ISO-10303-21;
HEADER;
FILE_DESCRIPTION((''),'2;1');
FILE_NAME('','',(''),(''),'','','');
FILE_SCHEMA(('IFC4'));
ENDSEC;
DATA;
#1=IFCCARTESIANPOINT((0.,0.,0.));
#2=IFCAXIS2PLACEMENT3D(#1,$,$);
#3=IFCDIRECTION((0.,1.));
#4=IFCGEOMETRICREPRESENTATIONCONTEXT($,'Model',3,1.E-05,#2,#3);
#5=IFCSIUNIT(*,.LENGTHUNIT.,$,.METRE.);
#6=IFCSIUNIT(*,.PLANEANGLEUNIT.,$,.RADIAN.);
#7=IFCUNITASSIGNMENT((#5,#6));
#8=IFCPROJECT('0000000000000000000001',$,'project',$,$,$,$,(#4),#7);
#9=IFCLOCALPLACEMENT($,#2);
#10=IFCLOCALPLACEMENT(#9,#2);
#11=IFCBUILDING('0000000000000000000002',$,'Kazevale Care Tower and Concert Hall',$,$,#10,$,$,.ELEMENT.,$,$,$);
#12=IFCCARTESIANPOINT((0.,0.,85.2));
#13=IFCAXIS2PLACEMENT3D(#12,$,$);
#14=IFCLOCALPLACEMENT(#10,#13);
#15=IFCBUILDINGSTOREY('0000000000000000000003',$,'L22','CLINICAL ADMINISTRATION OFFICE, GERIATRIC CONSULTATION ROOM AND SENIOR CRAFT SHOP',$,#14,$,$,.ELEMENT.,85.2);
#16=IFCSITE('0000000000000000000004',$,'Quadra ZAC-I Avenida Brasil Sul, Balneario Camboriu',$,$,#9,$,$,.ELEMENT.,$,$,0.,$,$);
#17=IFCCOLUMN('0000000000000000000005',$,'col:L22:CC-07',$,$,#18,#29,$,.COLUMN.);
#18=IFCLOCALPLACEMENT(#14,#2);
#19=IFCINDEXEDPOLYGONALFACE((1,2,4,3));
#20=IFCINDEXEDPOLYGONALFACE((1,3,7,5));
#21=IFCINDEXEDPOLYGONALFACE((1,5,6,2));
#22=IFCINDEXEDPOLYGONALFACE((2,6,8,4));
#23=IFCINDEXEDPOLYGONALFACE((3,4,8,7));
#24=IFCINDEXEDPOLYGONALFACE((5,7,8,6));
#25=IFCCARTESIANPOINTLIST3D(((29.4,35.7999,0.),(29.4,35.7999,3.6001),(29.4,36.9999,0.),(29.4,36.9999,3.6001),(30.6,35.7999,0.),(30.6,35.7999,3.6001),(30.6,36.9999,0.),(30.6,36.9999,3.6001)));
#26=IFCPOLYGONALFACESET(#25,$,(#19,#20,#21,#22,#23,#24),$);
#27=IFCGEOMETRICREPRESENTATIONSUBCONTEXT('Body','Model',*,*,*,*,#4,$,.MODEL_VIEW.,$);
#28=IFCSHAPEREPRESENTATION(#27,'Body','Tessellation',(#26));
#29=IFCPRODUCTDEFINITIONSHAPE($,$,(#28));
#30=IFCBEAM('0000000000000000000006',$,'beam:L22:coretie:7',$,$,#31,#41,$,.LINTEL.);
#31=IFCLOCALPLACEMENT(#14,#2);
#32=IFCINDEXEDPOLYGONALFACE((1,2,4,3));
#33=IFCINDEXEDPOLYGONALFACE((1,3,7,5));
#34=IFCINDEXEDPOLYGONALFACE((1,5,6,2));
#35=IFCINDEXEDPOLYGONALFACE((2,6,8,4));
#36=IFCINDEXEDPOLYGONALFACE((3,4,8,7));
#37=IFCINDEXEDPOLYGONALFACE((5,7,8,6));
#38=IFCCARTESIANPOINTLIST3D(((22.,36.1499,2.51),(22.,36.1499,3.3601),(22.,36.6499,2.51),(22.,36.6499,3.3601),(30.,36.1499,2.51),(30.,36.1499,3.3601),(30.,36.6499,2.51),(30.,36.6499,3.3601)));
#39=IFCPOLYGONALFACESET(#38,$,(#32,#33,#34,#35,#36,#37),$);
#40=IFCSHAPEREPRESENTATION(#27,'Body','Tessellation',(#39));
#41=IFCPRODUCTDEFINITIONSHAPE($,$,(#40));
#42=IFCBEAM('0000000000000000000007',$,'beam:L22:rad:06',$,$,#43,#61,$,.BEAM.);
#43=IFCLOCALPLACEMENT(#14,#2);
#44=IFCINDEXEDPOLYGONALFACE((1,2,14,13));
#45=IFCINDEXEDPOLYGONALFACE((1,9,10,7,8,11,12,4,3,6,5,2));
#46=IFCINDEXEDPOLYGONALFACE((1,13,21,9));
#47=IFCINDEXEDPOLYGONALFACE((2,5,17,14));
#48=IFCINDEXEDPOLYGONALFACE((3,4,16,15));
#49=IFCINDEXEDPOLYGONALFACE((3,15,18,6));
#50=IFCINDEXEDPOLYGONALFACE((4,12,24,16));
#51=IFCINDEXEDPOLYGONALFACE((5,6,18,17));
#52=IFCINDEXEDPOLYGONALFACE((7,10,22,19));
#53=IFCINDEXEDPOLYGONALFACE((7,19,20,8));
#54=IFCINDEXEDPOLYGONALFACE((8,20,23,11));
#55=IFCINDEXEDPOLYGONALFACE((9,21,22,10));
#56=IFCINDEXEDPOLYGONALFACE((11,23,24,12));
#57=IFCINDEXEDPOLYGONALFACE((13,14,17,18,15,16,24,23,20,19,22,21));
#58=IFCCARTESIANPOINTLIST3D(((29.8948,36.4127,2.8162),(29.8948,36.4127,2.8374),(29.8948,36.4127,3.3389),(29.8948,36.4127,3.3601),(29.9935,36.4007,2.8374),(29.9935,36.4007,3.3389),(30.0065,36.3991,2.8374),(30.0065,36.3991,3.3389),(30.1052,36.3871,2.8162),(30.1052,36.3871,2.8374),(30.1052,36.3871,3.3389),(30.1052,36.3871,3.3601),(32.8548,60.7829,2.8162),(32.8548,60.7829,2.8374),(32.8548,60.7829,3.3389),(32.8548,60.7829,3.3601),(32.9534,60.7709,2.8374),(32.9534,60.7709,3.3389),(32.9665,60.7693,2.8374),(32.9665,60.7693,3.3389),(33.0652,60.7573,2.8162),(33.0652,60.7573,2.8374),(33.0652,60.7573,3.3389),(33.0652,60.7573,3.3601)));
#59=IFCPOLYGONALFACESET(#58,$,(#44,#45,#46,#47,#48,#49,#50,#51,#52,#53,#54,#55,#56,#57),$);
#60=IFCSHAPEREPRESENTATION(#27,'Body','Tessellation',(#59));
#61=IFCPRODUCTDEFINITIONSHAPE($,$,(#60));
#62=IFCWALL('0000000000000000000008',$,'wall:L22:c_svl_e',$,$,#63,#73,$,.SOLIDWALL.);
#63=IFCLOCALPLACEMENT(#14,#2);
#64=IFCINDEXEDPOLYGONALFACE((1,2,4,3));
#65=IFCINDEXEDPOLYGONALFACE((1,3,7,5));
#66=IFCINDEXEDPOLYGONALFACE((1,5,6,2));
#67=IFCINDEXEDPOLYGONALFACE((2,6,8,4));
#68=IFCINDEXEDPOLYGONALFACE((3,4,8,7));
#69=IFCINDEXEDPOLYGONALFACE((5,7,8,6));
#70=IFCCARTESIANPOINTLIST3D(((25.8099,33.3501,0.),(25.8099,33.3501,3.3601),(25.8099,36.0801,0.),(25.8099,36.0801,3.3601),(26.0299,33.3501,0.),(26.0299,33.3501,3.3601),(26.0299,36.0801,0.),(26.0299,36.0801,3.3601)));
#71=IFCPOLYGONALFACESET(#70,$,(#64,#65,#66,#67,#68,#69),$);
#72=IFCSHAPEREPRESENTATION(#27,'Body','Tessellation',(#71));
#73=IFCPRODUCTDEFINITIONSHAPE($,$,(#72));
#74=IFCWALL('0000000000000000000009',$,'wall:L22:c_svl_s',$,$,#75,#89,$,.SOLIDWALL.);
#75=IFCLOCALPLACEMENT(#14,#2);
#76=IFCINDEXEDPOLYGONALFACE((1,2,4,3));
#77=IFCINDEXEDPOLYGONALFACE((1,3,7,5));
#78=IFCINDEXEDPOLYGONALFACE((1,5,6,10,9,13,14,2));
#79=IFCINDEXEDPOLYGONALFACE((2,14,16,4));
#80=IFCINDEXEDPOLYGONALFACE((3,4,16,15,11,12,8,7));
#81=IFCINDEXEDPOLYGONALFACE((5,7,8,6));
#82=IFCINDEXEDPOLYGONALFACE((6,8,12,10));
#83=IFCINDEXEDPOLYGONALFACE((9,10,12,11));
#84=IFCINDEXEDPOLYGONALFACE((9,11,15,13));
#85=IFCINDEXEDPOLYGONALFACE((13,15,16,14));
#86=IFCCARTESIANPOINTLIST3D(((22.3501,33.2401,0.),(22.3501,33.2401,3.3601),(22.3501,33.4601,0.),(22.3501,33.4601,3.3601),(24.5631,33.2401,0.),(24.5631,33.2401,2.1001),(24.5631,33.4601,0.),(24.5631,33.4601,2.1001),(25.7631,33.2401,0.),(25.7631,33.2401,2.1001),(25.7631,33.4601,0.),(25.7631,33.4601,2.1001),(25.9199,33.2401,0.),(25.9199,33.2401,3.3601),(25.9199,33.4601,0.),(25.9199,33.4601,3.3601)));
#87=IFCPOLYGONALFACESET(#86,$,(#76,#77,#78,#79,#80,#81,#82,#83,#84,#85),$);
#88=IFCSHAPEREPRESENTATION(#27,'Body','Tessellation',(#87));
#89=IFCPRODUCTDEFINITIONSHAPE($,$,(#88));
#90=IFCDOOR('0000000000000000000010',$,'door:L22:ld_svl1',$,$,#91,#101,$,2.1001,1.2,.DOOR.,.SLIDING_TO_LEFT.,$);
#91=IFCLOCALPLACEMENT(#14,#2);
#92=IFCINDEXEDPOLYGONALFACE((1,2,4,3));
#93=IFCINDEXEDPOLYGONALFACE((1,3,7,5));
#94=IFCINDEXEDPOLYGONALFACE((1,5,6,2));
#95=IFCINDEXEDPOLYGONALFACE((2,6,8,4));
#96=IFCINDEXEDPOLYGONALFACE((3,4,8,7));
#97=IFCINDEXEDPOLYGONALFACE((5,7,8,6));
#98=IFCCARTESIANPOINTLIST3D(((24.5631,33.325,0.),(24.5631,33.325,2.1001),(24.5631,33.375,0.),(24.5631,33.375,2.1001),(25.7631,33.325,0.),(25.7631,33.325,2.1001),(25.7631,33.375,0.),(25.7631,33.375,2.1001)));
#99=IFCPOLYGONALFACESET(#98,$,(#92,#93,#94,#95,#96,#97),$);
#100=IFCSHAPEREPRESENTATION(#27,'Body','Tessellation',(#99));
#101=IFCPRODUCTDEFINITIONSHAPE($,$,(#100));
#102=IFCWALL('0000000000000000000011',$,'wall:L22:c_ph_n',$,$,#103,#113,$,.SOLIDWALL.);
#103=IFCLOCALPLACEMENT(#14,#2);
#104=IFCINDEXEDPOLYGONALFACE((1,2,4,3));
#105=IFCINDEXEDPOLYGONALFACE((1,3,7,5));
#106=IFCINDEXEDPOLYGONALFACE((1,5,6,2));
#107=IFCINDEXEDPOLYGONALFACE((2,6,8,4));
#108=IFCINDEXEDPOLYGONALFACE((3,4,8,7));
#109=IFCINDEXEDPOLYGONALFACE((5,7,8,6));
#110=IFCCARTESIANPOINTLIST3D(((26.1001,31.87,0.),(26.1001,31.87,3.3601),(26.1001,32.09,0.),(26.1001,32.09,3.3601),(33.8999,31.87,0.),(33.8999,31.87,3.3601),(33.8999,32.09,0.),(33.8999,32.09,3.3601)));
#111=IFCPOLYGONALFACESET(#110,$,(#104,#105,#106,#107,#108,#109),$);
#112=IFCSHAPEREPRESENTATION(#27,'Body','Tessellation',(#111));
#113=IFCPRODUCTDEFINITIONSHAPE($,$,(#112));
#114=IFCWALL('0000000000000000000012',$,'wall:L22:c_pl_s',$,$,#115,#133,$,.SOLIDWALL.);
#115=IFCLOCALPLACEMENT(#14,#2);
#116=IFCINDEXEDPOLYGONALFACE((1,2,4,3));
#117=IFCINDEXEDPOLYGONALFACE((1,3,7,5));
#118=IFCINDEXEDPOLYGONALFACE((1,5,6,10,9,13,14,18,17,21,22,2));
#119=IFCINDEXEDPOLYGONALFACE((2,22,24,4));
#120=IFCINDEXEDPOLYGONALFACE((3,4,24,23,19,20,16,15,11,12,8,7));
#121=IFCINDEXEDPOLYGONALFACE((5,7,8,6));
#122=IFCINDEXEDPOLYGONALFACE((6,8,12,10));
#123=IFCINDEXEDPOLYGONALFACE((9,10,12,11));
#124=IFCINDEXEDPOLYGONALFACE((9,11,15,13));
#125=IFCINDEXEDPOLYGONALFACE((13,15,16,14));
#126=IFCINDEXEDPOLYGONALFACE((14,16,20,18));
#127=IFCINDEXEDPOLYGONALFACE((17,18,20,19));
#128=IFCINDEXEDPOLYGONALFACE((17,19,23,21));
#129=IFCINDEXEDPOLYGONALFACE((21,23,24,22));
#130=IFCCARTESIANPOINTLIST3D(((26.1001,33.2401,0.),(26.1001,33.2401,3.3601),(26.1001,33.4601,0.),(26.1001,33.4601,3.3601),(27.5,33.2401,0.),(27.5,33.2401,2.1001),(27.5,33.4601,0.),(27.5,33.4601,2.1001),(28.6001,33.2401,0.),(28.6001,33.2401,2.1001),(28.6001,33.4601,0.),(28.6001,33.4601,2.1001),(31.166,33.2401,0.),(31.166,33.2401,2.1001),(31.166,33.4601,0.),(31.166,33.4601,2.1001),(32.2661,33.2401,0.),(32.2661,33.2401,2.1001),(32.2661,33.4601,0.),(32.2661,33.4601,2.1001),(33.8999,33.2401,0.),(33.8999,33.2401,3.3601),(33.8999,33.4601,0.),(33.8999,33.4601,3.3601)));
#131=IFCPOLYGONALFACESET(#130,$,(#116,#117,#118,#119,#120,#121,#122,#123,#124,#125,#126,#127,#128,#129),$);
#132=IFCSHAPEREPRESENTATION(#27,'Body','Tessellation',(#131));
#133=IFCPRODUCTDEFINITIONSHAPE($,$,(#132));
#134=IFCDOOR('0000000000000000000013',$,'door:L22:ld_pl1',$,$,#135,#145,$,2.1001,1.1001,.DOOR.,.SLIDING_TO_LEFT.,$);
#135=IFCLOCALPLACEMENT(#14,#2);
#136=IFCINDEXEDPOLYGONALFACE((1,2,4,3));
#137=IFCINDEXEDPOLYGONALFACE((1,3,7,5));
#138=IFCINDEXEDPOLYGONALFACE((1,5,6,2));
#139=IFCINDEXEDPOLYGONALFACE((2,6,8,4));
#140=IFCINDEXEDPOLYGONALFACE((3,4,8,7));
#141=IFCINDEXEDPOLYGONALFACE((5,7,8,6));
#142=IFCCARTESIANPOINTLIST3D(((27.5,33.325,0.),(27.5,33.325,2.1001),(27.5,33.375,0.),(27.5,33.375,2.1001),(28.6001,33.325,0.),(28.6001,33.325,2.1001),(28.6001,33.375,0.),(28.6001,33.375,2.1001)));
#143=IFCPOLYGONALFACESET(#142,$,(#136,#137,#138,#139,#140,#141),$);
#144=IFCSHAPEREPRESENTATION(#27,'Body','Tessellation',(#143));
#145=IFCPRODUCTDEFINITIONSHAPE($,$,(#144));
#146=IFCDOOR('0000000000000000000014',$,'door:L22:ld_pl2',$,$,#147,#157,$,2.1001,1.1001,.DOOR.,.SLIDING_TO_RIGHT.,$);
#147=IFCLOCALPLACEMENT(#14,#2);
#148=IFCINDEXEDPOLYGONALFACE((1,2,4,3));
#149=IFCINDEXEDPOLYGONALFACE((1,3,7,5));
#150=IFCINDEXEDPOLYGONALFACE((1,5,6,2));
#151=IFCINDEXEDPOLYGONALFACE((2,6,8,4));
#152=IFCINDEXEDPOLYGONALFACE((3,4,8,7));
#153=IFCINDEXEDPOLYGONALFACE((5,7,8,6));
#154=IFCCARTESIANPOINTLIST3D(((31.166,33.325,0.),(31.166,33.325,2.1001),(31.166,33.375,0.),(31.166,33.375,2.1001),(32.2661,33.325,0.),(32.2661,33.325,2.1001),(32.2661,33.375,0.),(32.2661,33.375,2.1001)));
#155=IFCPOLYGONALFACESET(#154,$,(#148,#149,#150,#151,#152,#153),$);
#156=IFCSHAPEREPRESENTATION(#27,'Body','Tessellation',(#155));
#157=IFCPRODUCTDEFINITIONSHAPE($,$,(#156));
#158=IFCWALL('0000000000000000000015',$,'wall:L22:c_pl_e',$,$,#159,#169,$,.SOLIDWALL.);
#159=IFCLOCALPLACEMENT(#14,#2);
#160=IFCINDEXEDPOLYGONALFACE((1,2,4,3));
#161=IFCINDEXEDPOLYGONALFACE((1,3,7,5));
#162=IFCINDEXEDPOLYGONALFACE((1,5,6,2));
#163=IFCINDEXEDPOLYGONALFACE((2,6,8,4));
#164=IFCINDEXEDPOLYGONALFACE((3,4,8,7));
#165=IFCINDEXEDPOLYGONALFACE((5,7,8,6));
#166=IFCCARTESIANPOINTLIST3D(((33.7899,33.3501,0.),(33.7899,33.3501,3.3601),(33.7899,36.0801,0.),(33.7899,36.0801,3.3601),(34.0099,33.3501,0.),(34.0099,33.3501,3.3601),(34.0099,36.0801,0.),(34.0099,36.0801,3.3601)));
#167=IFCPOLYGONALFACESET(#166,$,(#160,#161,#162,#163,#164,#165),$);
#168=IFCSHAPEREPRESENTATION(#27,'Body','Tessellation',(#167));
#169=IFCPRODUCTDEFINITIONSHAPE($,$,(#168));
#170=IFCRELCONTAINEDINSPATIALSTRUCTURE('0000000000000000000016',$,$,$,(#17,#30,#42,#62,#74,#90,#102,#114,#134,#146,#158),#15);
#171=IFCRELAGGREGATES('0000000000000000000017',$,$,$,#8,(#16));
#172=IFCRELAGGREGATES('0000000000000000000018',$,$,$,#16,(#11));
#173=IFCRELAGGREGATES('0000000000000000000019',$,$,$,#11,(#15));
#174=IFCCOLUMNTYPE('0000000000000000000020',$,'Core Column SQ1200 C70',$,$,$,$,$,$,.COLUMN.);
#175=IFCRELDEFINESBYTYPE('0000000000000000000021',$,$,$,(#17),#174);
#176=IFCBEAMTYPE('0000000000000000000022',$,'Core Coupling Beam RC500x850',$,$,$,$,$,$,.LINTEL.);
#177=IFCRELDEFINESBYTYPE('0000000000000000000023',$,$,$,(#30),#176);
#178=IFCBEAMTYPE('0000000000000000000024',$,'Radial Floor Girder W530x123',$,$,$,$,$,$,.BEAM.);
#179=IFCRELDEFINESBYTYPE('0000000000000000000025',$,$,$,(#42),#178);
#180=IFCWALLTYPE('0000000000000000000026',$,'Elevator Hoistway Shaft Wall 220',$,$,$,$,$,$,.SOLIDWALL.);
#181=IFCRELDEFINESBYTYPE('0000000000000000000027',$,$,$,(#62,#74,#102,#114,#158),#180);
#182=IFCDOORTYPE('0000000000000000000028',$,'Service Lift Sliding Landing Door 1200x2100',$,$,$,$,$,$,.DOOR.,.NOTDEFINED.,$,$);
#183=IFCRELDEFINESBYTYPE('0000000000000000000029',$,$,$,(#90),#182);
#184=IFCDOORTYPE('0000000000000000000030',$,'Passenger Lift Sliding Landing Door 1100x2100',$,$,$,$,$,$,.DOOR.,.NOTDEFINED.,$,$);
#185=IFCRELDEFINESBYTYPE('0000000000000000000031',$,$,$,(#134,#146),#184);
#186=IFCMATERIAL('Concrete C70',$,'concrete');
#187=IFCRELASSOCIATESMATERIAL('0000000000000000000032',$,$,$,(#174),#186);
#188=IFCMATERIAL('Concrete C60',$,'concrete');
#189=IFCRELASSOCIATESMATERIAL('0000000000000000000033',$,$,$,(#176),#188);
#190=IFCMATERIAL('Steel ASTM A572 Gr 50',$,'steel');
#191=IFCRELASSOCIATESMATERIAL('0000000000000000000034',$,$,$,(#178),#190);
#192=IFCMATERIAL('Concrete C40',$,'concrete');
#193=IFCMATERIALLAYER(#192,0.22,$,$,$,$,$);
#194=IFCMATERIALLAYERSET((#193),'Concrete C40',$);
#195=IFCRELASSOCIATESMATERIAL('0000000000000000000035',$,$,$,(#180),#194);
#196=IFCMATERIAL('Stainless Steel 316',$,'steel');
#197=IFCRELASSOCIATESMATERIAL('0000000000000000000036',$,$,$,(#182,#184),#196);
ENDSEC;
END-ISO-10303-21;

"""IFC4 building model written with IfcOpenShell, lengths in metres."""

from ifc_helpers import new_model, si_unit, direction, frame, frame_2d, origin, origin_2d, place, context, subcontext, project, spatial, rectangle, i_section, extrude, material, layer, layer_set, material_profile, profile_set, type_object, element, fill, save


model = new_model("IFC4")

# Units and contexts
model_context = context("Model", 3, precision=1e-05, world=origin(), true_north=direction((0.0, 1.0)))
body_context = subcontext(model_context, "Body", "Model", "MODEL_VIEW")
ifc_project = project(units=[si_unit("LENGTHUNIT", "METRE"), si_unit("PLANEANGLEUNIT", "RADIAN")], contexts=[model_context])

# Site, building, storey
site_placement = place(None, origin())
site = spatial("IfcSite", under=ifc_project, at=site_placement, Name="Quadra ZAC-I Avenida Brasil Sul, Balneario Camboriu", CompositionType="ELEMENT", RefElevation=0.0)
building_placement = place(site_placement, origin())
building = spatial("IfcBuilding", under=site, at=building_placement, Name="Kazevale Care Tower and Concert Hall", CompositionType="ELEMENT")
storey_placement = place(building_placement, frame((0.0, 0.0, 85.2)))
storey = spatial("IfcBuildingStorey", under=building, at=storey_placement, Name="L22", Description="CLINICAL ADMINISTRATION OFFICE, GERIATRIC CONSULTATION ROOM AND SENIOR CRAFT SHOP", CompositionType="ELEMENT", Elevation=85.2)

# Column
ifc_material_1 = material(Name="Concrete C70", Category="concrete")
ifc_material_profile_1 = material_profile(ifc_material_1, rectangle(XDim=1.2, YDim=1.2, at=origin_2d()), Name="RC-SQ1200")
ifc_profile_set_1 = profile_set([ifc_material_profile_1], Name="Concrete C70")
column_type = type_object("IfcColumnType", Name="Core Column SQ1200 C70", PredefinedType="COLUMN", material=ifc_profile_set_1)
column_placement = place(storey_placement, frame((30.0, 36.3999, 0.0), z_axis=(0.0, 0.0, 1.0), x_axis=(1.0, 0.0, 0.0)))
element("IfcColumn", 1, at=column_placement, inside=storey, type_object=column_type, Name="col:L22:CC-07", PredefinedType="COLUMN", context=body_context, shape_type="SweptSolid", body=[
    extrude(rectangle(XDim=1.2, YDim=1.2, at=origin_2d()), origin(), (0.0, 0.0, 1.0), 3.6001),
])

# Beams
ifc_material_2 = material(Name="Concrete C60", Category="concrete")
ifc_material_profile_2 = material_profile(ifc_material_2, rectangle(XDim=0.5, YDim=0.8501, at=origin_2d()), Name="RC-B500x850")
ifc_profile_set_2 = profile_set([ifc_material_profile_2], Name="Concrete C60")
beam_type_1 = type_object("IfcBeamType", Name="Core Coupling Beam RC500x850", PredefinedType="LINTEL", material=ifc_profile_set_2)
beam_1_placement = place(storey_placement, frame((30.0, 36.3999, 2.9351), z_axis=(-1.0, 0.0, 0.0), x_axis=(0.0, -1.0, 0.0)))
element("IfcBeam", 2, at=beam_1_placement, inside=storey, type_object=beam_type_1, Name="beam:L22:coretie:7", PredefinedType="LINTEL", context=body_context, shape_type="SweptSolid", body=[
    extrude(rectangle(XDim=0.5, YDim=0.8501, at=origin_2d()), origin(), (0.0, 0.0, 1.0), 8.0),
])
ifc_material_3 = material(Name="Steel ASTM A572 Gr 50", Category="steel")
ifc_material_profile_3 = material_profile(ifc_material_3, i_section(OverallWidth=0.2119, OverallDepth=0.5439, WebThickness=0.0132, FlangeThickness=0.0212, at=origin_2d()), Name="W530x123")
ifc_profile_set_3 = profile_set([ifc_material_profile_3], Name="Steel ASTM A572 Gr 50")
beam_type_2 = type_object("IfcBeamType", Name="Radial Floor Girder W530x123", PredefinedType="BEAM", material=ifc_profile_set_3)
beam_2_placement = place(storey_placement, frame((30.0, 36.3999, 3.0881), z_axis=(0.120573, 0.992705, 0.0), x_axis=(-0.992705, 0.120573, 0.0)))
element("IfcBeam", 3, at=beam_2_placement, inside=storey, type_object=beam_type_2, Name="beam:L22:rad:06", PredefinedType="BEAM", context=body_context, shape_type="SweptSolid", body=[
    extrude(i_section(OverallWidth=0.2119, OverallDepth=0.5439, WebThickness=0.0132, FlangeThickness=0.0212, at=origin_2d()), origin(), (0.0, 0.0, 1.0), 24.5493),
])

# Wall
ifc_material_4 = material(Name="Concrete C40", Category="concrete")
ifc_layer_1 = layer(ifc_material_4, 0.22)
ifc_layer_set_1 = layer_set([ifc_layer_1], Name="Concrete C40")
wall_type_1 = type_object("IfcWallType", Name="Elevator Hoistway Shaft Wall 220", PredefinedType="SOLIDWALL", material=ifc_layer_set_1)
wall_1_placement = place(storey_placement, frame((25.9199, 33.3501, 0.0), z_axis=(0.0, 0.0, 1.0), x_axis=(0.0, 1.0, 0.0)))
element("IfcWall", 4, at=wall_1_placement, inside=storey, type_object=wall_type_1, Name="wall:L22:c_svl_e", PredefinedType="SOLIDWALL", context=body_context, shape_type="SweptSolid", body=[
    extrude(rectangle(XDim=2.73, YDim=0.22, at=frame_2d((1.365, 0.0))), origin(), (0.0, 0.0, 1.0), 3.3601),
])

# Wall, opening, door
wall_2_placement = place(storey_placement, frame((22.3501, 33.3501, 0.0), z_axis=(0.0, 0.0, 1.0), x_axis=(1.0, 0.0, 0.0)))
wall_2 = element("IfcWall", 5, at=wall_2_placement, inside=storey, type_object=wall_type_1, Name="wall:L22:c_svl_s", PredefinedType="SOLIDWALL", context=body_context, shape_type="SweptSolid", body=[
    extrude(rectangle(XDim=3.5698, YDim=0.22, at=frame_2d((1.7849, 0.0))), origin(), (0.0, 0.0, 1.0), 3.3601),
])
opening_1_placement = place(wall_2_placement, frame((2.2129, 0.0, 0.0)))
opening_1 = element("IfcOpeningElement", 6, at=opening_1_placement, cuts=wall_2, PredefinedType="OPENING", context=body_context, shape_type="SweptSolid", body=[
    extrude(rectangle(XDim=1.2, YDim=2.1001, at=frame_2d((0.6001, 1.05))), frame((0.0, 0.1199, 0.0), z_axis=(0.0, -1.0, 0.0), x_axis=(1.0, 0.0, 0.0)), (0.0, 0.0, 1.0), 0.24),
])
ifc_material_5 = material(Name="Stainless Steel 316", Category="steel")
door_type_1 = type_object("IfcDoorType", Name="Service Lift Sliding Landing Door 1200x2100", OperationType="NOTDEFINED", PredefinedType="DOOR", material=ifc_material_5)
door_1_placement = place(opening_1_placement, origin())
door_1 = element("IfcDoor", 7, at=door_1_placement, inside=storey, type_object=door_type_1, Name="door:L22:ld_svl1", OperationType="SLIDING_TO_LEFT", OverallHeight=2.1001, OverallWidth=1.2, PredefinedType="DOOR", context=body_context, shape_type="SweptSolid", body=[
    extrude(rectangle(XDim=1.2, YDim=2.1001, at=frame_2d((0.6001, 1.05))), frame((0.0, 0.0249, 0.0), z_axis=(0.0, -1.0, 0.0), x_axis=(1.0, 0.0, 0.0)), (0.0, 0.0, 1.0), 0.05),
])
fill(opening_1, door_1)

# Wall
wall_3_placement = place(storey_placement, frame((26.1001, 31.98, 0.0), z_axis=(0.0, 0.0, 1.0), x_axis=(1.0, 0.0, 0.0)))
element("IfcWall", 8, at=wall_3_placement, inside=storey, type_object=wall_type_1, Name="wall:L22:c_ph_n", PredefinedType="SOLIDWALL", context=body_context, shape_type="SweptSolid", body=[
    extrude(rectangle(XDim=7.7998, YDim=0.22, at=frame_2d((3.8999, 0.0))), origin(), (0.0, 0.0, 1.0), 3.3601),
])

# Wall, openings, doors
wall_4_placement = place(storey_placement, frame((26.1001, 33.3501, 0.0), z_axis=(0.0, 0.0, 1.0), x_axis=(1.0, 0.0, 0.0)))
wall_4 = element("IfcWall", 9, at=wall_4_placement, inside=storey, type_object=wall_type_1, Name="wall:L22:c_pl_s", PredefinedType="SOLIDWALL", context=body_context, shape_type="SweptSolid", body=[
    extrude(rectangle(XDim=7.7998, YDim=0.22, at=frame_2d((3.8999, 0.0))), origin(), (0.0, 0.0, 1.0), 3.3601),
])
opening_2_placement = place(wall_4_placement, frame((1.3999, 0.0, 0.0)))
opening_2 = element("IfcOpeningElement", 10, at=opening_2_placement, cuts=wall_4, PredefinedType="OPENING", context=body_context, shape_type="SweptSolid", body=[
    extrude(rectangle(XDim=1.1001, YDim=2.1001, at=frame_2d((0.55, 1.05))), frame((0.0, 0.1199, 0.0), z_axis=(0.0, -1.0, 0.0), x_axis=(1.0, 0.0, 0.0)), (0.0, 0.0, 1.0), 0.24),
])
opening_3_placement = place(wall_4_placement, frame((5.0659, 0.0, 0.0)))
opening_3 = element("IfcOpeningElement", 11, at=opening_3_placement, cuts=wall_4, PredefinedType="OPENING", context=body_context, shape_type="SweptSolid", body=[
    extrude(rectangle(XDim=1.1001, YDim=2.1001, at=frame_2d((0.55, 1.05))), frame((0.0, 0.1199, 0.0), z_axis=(0.0, -1.0, 0.0), x_axis=(1.0, 0.0, 0.0)), (0.0, 0.0, 1.0), 0.24),
])
door_type_2 = type_object("IfcDoorType", Name="Passenger Lift Sliding Landing Door 1100x2100", OperationType="NOTDEFINED", PredefinedType="DOOR", material=ifc_material_5)
door_2_placement = place(opening_2_placement, origin())
door_2 = element("IfcDoor", 12, at=door_2_placement, inside=storey, type_object=door_type_2, Name="door:L22:ld_pl1", OperationType="SLIDING_TO_LEFT", OverallHeight=2.1001, OverallWidth=1.1001, PredefinedType="DOOR", context=body_context, shape_type="SweptSolid", body=[
    extrude(rectangle(XDim=1.1001, YDim=2.1001, at=frame_2d((0.55, 1.05))), frame((0.0, 0.0249, 0.0), z_axis=(0.0, -1.0, 0.0), x_axis=(1.0, 0.0, 0.0)), (0.0, 0.0, 1.0), 0.05),
])
fill(opening_2, door_2)
door_3_placement = place(opening_3_placement, origin())
door_3 = element("IfcDoor", 13, at=door_3_placement, inside=storey, type_object=door_type_2, Name="door:L22:ld_pl2", OperationType="SLIDING_TO_RIGHT", OverallHeight=2.1001, OverallWidth=1.1001, PredefinedType="DOOR", context=body_context, shape_type="SweptSolid", body=[
    extrude(rectangle(XDim=1.1001, YDim=2.1001, at=frame_2d((0.55, 1.05))), frame((0.0, 0.0249, 0.0), z_axis=(0.0, -1.0, 0.0), x_axis=(1.0, 0.0, 0.0)), (0.0, 0.0, 1.0), 0.05),
])
fill(opening_3, door_3)

# Wall
wall_5_placement = place(storey_placement, frame((33.8999, 33.3501, 0.0), z_axis=(0.0, 0.0, 1.0), x_axis=(0.0, 1.0, 0.0)))
element("IfcWall", 14, at=wall_5_placement, inside=storey, type_object=wall_type_1, Name="wall:L22:c_pl_e", PredefinedType="SOLIDWALL", context=body_context, shape_type="SweptSolid", body=[
    extrude(rectangle(XDim=2.73, YDim=0.22, at=frame_2d((1.365, 0.0))), origin(), (0.0, 0.0, 1.0), 3.3601),
])

save(model, "model.ifc")
